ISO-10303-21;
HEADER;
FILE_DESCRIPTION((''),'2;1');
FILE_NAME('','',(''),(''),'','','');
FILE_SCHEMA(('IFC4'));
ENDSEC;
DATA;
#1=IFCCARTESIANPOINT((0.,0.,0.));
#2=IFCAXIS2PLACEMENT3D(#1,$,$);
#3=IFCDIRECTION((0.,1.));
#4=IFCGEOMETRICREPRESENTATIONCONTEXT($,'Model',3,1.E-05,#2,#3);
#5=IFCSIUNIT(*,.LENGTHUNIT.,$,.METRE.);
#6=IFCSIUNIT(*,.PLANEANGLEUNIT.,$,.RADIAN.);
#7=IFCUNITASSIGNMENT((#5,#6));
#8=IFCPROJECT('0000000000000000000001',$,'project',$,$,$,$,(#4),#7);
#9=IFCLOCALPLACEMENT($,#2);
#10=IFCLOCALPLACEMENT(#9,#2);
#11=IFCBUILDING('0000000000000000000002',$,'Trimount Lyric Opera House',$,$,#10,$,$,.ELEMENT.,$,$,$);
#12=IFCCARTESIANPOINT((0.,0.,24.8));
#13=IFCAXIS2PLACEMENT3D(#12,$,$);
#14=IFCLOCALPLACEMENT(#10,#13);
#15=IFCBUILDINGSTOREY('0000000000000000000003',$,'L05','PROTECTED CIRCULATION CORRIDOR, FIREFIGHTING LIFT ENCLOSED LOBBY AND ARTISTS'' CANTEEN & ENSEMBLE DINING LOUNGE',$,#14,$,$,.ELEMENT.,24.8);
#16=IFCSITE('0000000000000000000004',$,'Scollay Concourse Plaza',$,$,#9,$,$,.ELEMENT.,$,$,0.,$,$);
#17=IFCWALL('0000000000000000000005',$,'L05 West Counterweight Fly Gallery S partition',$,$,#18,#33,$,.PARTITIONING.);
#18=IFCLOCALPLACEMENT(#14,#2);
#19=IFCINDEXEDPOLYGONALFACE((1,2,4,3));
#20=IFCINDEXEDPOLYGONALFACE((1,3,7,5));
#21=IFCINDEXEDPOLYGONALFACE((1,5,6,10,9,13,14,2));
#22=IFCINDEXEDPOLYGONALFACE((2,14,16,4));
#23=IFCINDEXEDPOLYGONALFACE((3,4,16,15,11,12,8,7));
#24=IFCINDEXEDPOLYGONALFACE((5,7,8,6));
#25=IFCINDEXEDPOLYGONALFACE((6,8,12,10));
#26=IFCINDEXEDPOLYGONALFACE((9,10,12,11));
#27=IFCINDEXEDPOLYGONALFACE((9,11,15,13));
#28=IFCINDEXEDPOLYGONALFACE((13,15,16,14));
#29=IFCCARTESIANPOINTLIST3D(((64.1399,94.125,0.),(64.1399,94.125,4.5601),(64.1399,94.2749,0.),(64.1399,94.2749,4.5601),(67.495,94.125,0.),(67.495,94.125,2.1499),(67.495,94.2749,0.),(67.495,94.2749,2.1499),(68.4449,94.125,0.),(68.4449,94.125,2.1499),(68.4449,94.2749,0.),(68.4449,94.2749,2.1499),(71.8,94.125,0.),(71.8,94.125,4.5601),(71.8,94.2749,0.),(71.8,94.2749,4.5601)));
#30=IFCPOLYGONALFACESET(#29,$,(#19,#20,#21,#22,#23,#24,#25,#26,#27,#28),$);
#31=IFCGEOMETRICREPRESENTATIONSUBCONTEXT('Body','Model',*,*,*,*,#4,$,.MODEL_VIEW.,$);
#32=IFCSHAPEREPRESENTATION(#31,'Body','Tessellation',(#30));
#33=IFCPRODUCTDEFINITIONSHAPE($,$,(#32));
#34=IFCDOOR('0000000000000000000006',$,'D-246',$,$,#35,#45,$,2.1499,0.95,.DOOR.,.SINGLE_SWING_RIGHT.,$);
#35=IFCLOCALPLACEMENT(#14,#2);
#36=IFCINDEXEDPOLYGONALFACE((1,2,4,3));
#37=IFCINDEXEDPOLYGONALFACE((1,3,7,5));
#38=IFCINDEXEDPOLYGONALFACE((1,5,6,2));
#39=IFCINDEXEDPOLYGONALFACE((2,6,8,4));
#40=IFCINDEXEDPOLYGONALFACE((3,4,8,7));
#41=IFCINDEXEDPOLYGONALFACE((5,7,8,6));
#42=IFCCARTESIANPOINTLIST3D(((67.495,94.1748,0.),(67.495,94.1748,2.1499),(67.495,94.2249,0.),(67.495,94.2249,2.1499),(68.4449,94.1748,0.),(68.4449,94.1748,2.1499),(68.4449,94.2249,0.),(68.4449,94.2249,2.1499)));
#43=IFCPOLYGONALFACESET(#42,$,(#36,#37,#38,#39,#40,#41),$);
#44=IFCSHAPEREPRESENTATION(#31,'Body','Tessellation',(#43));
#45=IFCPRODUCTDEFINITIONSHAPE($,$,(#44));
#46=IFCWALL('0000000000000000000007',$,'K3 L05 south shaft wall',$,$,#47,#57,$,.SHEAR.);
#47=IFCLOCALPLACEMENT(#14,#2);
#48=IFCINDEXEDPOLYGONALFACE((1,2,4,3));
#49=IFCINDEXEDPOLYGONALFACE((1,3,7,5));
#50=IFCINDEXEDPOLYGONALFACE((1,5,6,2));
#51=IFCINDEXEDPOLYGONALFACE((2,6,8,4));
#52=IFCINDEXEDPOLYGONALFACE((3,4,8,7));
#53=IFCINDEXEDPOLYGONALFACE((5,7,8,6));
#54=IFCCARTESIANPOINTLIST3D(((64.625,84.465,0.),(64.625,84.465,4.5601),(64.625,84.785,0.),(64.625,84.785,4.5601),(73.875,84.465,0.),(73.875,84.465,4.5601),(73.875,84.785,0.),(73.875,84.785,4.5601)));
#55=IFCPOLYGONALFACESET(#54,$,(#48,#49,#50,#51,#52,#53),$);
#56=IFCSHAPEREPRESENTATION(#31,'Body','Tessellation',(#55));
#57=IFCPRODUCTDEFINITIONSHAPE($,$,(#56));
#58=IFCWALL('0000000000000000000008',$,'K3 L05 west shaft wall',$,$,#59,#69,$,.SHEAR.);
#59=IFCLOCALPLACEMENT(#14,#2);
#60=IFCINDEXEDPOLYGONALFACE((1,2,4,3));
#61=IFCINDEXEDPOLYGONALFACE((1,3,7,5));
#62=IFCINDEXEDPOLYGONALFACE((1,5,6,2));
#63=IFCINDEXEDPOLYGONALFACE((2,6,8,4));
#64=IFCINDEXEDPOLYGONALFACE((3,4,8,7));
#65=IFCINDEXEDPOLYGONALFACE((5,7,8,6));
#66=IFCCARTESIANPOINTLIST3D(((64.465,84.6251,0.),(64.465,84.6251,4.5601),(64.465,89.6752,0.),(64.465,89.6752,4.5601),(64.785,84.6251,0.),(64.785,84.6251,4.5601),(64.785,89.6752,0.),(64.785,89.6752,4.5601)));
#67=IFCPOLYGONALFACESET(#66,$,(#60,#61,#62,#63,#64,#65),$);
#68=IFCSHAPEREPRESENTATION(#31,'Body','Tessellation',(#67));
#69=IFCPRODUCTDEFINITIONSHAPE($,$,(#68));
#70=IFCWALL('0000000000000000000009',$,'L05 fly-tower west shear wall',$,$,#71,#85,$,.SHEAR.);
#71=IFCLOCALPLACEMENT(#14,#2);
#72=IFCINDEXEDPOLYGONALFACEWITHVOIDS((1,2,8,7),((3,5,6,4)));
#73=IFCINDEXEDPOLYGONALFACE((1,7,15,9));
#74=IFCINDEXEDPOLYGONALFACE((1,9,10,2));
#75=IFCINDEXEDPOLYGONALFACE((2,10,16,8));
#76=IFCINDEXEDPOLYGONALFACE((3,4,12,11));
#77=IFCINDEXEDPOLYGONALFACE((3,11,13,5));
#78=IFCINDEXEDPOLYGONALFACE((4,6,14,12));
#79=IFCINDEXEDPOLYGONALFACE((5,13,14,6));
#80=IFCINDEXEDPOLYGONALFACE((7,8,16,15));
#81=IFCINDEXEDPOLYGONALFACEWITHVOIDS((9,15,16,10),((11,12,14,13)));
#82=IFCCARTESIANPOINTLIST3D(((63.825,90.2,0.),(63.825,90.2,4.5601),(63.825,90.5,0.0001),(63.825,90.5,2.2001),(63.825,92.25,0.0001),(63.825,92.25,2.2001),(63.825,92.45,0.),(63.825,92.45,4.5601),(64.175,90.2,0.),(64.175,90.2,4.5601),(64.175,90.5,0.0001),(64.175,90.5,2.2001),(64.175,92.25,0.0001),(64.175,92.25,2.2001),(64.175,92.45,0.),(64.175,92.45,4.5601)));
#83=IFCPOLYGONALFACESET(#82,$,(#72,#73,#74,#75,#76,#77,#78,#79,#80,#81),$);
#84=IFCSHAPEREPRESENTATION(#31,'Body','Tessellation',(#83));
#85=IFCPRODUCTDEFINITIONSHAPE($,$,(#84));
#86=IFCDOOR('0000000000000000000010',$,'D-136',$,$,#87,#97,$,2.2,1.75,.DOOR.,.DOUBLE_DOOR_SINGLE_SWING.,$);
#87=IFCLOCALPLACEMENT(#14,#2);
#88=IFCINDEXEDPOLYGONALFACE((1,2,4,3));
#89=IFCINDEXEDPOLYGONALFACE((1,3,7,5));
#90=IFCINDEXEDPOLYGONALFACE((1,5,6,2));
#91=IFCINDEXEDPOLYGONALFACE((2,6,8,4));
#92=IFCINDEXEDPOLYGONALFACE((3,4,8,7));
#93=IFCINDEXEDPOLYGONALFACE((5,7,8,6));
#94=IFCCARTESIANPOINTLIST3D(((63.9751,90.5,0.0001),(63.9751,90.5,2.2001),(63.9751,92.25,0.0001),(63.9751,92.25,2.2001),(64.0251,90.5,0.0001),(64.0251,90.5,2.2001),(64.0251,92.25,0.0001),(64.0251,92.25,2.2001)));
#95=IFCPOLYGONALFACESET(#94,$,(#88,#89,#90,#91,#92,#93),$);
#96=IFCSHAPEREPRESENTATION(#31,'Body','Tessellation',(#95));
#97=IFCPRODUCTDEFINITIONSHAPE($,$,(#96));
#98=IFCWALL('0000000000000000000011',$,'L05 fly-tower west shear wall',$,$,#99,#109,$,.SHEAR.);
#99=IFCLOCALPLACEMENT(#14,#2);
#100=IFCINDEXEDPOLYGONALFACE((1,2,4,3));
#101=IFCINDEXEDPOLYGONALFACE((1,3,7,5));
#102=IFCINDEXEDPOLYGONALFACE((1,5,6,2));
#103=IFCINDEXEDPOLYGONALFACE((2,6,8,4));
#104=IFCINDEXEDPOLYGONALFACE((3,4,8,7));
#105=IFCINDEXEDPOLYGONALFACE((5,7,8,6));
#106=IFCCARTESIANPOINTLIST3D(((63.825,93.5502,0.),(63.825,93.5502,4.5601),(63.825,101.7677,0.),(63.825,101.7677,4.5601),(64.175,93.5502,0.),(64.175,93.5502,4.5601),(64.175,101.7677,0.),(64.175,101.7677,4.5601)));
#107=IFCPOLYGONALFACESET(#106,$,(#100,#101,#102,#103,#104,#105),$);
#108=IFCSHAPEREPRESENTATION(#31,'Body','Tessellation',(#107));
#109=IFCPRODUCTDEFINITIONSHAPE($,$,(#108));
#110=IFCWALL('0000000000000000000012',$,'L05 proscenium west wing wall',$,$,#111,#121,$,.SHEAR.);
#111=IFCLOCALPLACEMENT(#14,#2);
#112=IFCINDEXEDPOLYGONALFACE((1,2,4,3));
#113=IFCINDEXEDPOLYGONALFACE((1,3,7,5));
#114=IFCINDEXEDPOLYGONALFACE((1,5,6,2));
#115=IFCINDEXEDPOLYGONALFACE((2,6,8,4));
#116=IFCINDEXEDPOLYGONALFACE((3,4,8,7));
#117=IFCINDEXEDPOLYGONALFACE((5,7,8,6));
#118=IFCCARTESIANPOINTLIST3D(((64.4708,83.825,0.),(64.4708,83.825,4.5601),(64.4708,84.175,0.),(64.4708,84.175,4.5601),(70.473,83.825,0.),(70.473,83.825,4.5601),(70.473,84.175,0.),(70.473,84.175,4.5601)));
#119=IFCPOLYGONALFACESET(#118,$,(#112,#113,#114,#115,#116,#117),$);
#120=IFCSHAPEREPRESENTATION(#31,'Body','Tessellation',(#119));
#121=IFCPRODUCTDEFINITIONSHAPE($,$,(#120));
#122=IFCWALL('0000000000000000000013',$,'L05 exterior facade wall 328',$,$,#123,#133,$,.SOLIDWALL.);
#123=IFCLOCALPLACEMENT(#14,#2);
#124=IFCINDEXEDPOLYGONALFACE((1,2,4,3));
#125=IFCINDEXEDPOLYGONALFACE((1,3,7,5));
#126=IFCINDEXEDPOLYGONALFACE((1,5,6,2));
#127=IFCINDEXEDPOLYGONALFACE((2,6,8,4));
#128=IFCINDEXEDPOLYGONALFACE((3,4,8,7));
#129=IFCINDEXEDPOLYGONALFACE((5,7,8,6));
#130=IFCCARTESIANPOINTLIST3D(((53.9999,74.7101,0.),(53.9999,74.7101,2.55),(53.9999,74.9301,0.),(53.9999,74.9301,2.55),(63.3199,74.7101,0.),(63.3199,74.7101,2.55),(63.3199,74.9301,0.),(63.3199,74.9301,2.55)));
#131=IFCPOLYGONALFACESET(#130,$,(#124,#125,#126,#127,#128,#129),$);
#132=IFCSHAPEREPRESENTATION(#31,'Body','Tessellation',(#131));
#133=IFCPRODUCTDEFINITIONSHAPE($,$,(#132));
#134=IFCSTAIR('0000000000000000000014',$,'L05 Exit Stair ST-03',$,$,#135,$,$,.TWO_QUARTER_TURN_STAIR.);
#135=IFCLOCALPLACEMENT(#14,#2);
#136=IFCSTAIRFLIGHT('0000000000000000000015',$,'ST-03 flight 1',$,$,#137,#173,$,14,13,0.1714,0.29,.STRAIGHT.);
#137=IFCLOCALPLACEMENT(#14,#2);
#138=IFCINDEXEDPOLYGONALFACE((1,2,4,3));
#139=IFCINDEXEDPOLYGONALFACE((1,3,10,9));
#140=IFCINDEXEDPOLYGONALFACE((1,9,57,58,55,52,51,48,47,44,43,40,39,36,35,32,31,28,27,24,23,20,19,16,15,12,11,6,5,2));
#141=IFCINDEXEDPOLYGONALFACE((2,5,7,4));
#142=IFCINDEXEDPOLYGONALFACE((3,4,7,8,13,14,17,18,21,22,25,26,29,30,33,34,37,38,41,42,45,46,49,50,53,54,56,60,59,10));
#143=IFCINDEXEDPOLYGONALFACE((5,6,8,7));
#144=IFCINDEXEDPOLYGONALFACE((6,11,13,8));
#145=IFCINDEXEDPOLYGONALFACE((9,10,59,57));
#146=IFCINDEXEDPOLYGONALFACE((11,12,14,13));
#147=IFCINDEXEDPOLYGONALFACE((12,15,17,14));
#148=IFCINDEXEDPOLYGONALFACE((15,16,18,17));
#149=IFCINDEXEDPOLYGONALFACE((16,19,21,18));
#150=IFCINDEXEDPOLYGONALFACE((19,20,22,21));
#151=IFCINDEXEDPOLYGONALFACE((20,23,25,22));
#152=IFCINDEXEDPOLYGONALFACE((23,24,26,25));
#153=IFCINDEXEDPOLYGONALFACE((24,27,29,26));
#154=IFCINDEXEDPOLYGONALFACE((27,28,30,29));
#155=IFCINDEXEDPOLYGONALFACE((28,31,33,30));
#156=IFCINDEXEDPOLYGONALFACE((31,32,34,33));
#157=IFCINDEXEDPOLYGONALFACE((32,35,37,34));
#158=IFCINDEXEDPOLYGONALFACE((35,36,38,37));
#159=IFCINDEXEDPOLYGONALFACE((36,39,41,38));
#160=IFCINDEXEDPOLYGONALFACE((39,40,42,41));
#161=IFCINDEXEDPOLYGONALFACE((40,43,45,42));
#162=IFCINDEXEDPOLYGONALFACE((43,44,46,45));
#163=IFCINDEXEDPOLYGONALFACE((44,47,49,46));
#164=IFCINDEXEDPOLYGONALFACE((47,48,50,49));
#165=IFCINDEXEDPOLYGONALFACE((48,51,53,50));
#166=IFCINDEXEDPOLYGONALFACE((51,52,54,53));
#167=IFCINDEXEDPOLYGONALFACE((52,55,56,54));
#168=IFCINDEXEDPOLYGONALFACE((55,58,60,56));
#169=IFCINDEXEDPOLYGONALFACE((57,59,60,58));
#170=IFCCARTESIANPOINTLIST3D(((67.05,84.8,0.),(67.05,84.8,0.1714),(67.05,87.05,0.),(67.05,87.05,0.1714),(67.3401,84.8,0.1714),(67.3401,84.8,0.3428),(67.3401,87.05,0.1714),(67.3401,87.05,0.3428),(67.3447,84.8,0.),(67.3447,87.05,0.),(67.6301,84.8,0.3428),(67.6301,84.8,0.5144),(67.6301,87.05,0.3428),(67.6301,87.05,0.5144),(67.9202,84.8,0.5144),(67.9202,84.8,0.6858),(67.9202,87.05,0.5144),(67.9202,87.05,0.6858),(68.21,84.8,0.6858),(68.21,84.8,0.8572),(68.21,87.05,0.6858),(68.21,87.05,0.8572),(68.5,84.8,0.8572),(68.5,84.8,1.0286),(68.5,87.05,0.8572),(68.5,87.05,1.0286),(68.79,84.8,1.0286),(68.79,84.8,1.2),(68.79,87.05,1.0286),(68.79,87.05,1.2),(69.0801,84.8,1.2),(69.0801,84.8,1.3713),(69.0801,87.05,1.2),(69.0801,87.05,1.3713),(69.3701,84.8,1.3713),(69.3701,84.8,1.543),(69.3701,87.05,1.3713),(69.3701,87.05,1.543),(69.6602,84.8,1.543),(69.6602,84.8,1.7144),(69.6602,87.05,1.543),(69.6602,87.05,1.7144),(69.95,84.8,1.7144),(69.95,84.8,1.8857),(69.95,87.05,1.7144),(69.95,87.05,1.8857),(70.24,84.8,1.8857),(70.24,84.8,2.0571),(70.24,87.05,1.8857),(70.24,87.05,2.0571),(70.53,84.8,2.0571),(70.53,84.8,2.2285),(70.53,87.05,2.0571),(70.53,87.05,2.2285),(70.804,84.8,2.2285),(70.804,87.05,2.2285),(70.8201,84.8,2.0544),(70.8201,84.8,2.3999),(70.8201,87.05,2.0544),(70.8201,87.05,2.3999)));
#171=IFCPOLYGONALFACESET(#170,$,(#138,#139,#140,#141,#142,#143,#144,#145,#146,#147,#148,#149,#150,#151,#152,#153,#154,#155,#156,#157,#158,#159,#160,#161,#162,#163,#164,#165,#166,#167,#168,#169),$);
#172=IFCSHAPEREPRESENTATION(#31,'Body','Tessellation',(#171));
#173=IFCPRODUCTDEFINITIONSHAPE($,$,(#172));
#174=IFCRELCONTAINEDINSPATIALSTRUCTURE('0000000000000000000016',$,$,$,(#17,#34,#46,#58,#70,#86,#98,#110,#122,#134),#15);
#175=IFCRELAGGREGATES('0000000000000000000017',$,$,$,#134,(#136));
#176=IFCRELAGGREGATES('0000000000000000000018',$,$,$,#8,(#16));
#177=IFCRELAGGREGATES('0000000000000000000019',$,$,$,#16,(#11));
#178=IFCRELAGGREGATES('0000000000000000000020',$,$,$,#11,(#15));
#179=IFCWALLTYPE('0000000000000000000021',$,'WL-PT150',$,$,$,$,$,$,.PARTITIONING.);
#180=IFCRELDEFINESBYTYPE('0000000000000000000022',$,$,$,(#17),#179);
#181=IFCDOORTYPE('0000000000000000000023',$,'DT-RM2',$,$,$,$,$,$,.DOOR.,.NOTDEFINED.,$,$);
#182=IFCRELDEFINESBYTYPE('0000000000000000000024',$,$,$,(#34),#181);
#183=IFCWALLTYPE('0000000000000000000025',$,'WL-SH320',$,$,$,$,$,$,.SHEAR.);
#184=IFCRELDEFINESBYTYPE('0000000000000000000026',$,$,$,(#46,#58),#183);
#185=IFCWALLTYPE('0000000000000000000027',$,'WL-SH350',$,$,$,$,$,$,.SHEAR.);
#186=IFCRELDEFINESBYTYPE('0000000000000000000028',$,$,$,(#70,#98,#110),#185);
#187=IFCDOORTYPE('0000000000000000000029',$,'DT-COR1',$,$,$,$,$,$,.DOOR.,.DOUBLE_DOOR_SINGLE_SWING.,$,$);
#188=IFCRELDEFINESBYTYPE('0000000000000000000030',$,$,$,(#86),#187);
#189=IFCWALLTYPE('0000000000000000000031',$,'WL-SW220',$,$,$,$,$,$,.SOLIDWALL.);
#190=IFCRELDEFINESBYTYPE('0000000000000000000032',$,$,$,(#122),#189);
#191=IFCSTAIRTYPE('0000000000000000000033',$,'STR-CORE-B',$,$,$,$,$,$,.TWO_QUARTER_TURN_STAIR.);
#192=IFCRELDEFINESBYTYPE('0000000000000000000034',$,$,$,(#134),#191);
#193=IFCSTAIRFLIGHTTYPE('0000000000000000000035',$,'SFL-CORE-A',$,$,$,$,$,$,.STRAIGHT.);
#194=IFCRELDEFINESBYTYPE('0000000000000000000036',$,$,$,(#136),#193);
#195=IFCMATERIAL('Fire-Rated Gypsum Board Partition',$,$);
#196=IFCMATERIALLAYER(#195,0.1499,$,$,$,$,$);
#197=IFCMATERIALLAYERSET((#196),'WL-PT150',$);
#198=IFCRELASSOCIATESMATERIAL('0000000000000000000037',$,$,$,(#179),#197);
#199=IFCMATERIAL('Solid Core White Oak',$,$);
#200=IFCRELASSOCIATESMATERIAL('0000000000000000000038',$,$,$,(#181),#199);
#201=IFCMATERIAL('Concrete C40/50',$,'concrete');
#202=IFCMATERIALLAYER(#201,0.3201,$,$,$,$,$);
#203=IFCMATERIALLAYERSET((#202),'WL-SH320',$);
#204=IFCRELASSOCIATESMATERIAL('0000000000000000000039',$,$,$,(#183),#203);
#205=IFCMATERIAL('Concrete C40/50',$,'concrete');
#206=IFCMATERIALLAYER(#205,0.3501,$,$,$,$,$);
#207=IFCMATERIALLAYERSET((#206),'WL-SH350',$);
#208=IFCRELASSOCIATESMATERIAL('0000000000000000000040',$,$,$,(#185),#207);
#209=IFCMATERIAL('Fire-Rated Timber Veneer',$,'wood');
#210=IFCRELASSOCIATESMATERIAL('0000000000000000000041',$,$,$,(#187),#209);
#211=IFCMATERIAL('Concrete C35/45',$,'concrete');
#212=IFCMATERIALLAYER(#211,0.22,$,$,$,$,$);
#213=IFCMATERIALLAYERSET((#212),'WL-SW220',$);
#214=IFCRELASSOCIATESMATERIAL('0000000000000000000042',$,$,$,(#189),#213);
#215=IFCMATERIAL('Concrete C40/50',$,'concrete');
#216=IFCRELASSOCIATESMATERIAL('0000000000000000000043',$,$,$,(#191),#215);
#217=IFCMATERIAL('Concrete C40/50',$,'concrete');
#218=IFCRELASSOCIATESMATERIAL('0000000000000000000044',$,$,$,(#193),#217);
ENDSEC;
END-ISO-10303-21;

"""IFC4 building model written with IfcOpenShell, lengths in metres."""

from ifc_helpers import new_model, si_unit, direction, frame, frame_2d, origin, place, context, subcontext, project, spatial, polyline, rectangle, outline, extrude, material, layer, layer_set, type_object, element, fill, aggregate, save


model = new_model("IFC4")

# Units and contexts
model_context = context("Model", 3, precision=1e-05, world=origin(), true_north=direction((0.0, 1.0)))
body_context = subcontext(model_context, "Body", "Model", "MODEL_VIEW")
ifc_project = project(units=[si_unit("LENGTHUNIT", "METRE"), si_unit("PLANEANGLEUNIT", "RADIAN")], contexts=[model_context])

# Site, building, storey
site_placement = place(None, origin())
site = spatial("IfcSite", under=ifc_project, at=site_placement, Name="Scollay Concourse Plaza", CompositionType="ELEMENT", RefElevation=0.0)
building_placement = place(site_placement, origin())
building = spatial("IfcBuilding", under=site, at=building_placement, Name="Trimount Lyric Opera House", CompositionType="ELEMENT")
storey_placement = place(building_placement, frame((0.0, 0.0, 24.8)))
storey = spatial("IfcBuildingStorey", under=building, at=storey_placement, Name="L05", Description="PROTECTED CIRCULATION CORRIDOR, FIREFIGHTING LIFT ENCLOSED LOBBY AND ARTISTS' CANTEEN & ENSEMBLE DINING LOUNGE", CompositionType="ELEMENT", Elevation=24.8)

# Shared definitions
ifc_material_1 = material(Name="Fire-Rated Gypsum Board Partition")
ifc_layer_1 = layer(ifc_material_1, 0.1499)
ifc_layer_set_1 = layer_set([ifc_layer_1], Name="WL-PT150")
wall_type_1 = type_object("IfcWallType", Name="WL-PT150", PredefinedType="PARTITIONING", material=ifc_layer_set_1)

# Wall, opening, door
wall_1_placement = place(storey_placement, frame((64.1399, 94.2, 0.0), z_axis=(0.0, 0.0, 1.0), x_axis=(1.0, 0.0, 0.0)))
wall_1 = element("IfcWall", 1, at=wall_1_placement, inside=storey, type_object=wall_type_1, Name="L05 West Counterweight Fly Gallery S partition", PredefinedType="PARTITIONING", context=body_context, shape_type="SweptSolid", body=[
    extrude(rectangle(XDim=7.6602, YDim=0.1499, at=frame_2d((3.8301, 0.0))), origin(), (0.0, 0.0, 1.0), 4.5601),
])
opening_1_placement = place(wall_1_placement, frame((3.355, 0.0, 0.0)))
opening_1 = element("IfcOpeningElement", 2, at=opening_1_placement, cuts=wall_1, PredefinedType="OPENING", context=body_context, shape_type="SweptSolid", body=[
    extrude(rectangle(XDim=0.95, YDim=2.1499, at=frame_2d((0.4751, 1.075))), frame((0.0, 0.085, 0.0), z_axis=(0.0, -1.0, 0.0), x_axis=(1.0, 0.0, 0.0)), (0.0, 0.0, 1.0), 0.1699),
])
ifc_material_2 = material(Name="Solid Core White Oak")
door_type_1 = type_object("IfcDoorType", Name="DT-RM2", OperationType="NOTDEFINED", PredefinedType="DOOR", material=ifc_material_2)
door_1_placement = place(opening_1_placement, origin())
door_1 = element("IfcDoor", 3, at=door_1_placement, inside=storey, type_object=door_type_1, Name="D-246", OperationType="SINGLE_SWING_RIGHT", OverallHeight=2.1499, OverallWidth=0.95, PredefinedType="DOOR", context=body_context, shape_type="SweptSolid", body=[
    extrude(rectangle(XDim=0.95, YDim=2.1499, at=frame_2d((0.4751, 1.075))), frame((0.0, 0.0249, 0.0), z_axis=(0.0, -1.0, 0.0), x_axis=(1.0, 0.0, 0.0)), (0.0, 0.0, 1.0), 0.05),
])
fill(opening_1, door_1)

# Walls
ifc_material_3 = material(Name="Concrete C40/50", Category="concrete")
ifc_layer_2 = layer(ifc_material_3, 0.3201)
ifc_layer_set_2 = layer_set([ifc_layer_2], Name="WL-SH320")
wall_type_2 = type_object("IfcWallType", Name="WL-SH320", PredefinedType="SHEAR", material=ifc_layer_set_2)
wall_2_placement = place(storey_placement, frame((64.625, 84.625, 0.0), z_axis=(0.0, 0.0, 1.0), x_axis=(1.0, 0.0, 0.0)))
element("IfcWall", 4, at=wall_2_placement, inside=storey, type_object=wall_type_2, Name="K3 L05 south shaft wall", PredefinedType="SHEAR", context=body_context, shape_type="SweptSolid", body=[
    extrude(rectangle(XDim=9.25, YDim=0.3201, at=frame_2d((4.625, 0.0))), origin(), (0.0, 0.0, 1.0), 4.5601),
])
wall_3_placement = place(storey_placement, frame((64.625, 89.675, 0.0), z_axis=(0.0, 0.0, 1.0), x_axis=(0.0, -1.0, 0.0)))
element("IfcWall", 5, at=wall_3_placement, inside=storey, type_object=wall_type_2, Name="K3 L05 west shaft wall", PredefinedType="SHEAR", context=body_context, shape_type="SweptSolid", body=[
    extrude(rectangle(XDim=5.05, YDim=0.3201, at=frame_2d((2.5249, 0.0))), origin(), (0.0, 0.0, 1.0), 4.5601),
])

# Wall, opening, door
ifc_material_4 = material(Name="Concrete C40/50", Category="concrete")
ifc_layer_3 = layer(ifc_material_4, 0.3501)
ifc_layer_set_3 = layer_set([ifc_layer_3], Name="WL-SH350")
wall_type_3 = type_object("IfcWallType", Name="WL-SH350", PredefinedType="SHEAR", material=ifc_layer_set_3)
wall_4_placement = place(storey_placement, frame((64.0, 90.2, 0.0), z_axis=(0.0, 0.0, 1.0), x_axis=(0.0, 1.0, 0.0)))
wall_4 = element("IfcWall", 6, at=wall_4_placement, inside=storey, type_object=wall_type_3, Name="L05 fly-tower west shear wall", PredefinedType="SHEAR", context=body_context, shape_type="SweptSolid", body=[
    extrude(rectangle(XDim=2.25, YDim=0.3501, at=frame_2d((1.125, 0.0))), origin(), (0.0, 0.0, 1.0), 4.5601),
])
opening_2_placement = place(wall_4_placement, frame((0.3, 0.0, 0.0)))
opening_2 = element("IfcOpeningElement", 7, at=opening_2_placement, cuts=wall_4, PredefinedType="OPENING", context=body_context, shape_type="SweptSolid", body=[
    extrude(rectangle(XDim=1.75, YDim=2.2, at=frame_2d((0.875, 1.1001))), frame((0.0, 0.1851, 0.0), z_axis=(0.0, -1.0, 0.0), x_axis=(1.0, 0.0, 0.0)), (0.0, 0.0, 1.0), 0.3701),
])
ifc_material_5 = material(Name="Fire-Rated Timber Veneer", Category="wood")
door_type_2 = type_object("IfcDoorType", Name="DT-COR1", OperationType="DOUBLE_DOOR_SINGLE_SWING", PredefinedType="DOOR", material=ifc_material_5)
door_2_placement = place(opening_2_placement, origin())
door_2 = element("IfcDoor", 8, at=door_2_placement, inside=storey, type_object=door_type_2, Name="D-136", OperationType="DOUBLE_DOOR_SINGLE_SWING", OverallHeight=2.2, OverallWidth=1.75, PredefinedType="DOOR", context=body_context, shape_type="SweptSolid", body=[
    extrude(rectangle(XDim=1.75, YDim=2.2, at=frame_2d((0.875, 1.1001))), frame((0.0, 0.0249, 0.0), z_axis=(0.0, -1.0, 0.0), x_axis=(1.0, 0.0, 0.0)), (0.0, 0.0, 1.0), 0.05),
])
fill(opening_2, door_2)

# Walls
wall_5_placement = place(storey_placement, frame((64.0, 93.55, 0.0), z_axis=(0.0, 0.0, 1.0), x_axis=(0.0, 1.0, 0.0)))
element("IfcWall", 9, at=wall_5_placement, inside=storey, type_object=wall_type_3, Name="L05 fly-tower west shear wall", PredefinedType="SHEAR", context=body_context, shape_type="SweptSolid", body=[
    extrude(rectangle(XDim=8.2175, YDim=0.3501, at=frame_2d((4.1089, 0.0))), origin(), (0.0, 0.0, 1.0), 4.5601),
])
wall_6_placement = place(storey_placement, frame((64.4709, 84.0, 0.0), z_axis=(0.0, 0.0, 1.0), x_axis=(1.0, 0.0, 0.0)))
element("IfcWall", 10, at=wall_6_placement, inside=storey, type_object=wall_type_3, Name="L05 proscenium west wing wall", PredefinedType="SHEAR", context=body_context, shape_type="SweptSolid", body=[
    extrude(rectangle(XDim=6.0022, YDim=0.3501, at=frame_2d((3.001, 0.0))), origin(), (0.0, 0.0, 1.0), 4.5601),
])
ifc_material_6 = material(Name="Concrete C35/45", Category="concrete")
ifc_layer_4 = layer(ifc_material_6, 0.22)
ifc_layer_set_4 = layer_set([ifc_layer_4], Name="WL-SW220")
wall_type_4 = type_object("IfcWallType", Name="WL-SW220", PredefinedType="SOLIDWALL", material=ifc_layer_set_4)
wall_7_placement = place(storey_placement, frame((63.3201, 74.8201, 0.0), z_axis=(0.0, 0.0, 1.0), x_axis=(-1.0, 0.0, 0.0)))
element("IfcWall", 11, at=wall_7_placement, inside=storey, type_object=wall_type_4, Name="L05 exterior facade wall 328", PredefinedType="SOLIDWALL", context=body_context, shape_type="SweptSolid", body=[
    extrude(rectangle(XDim=9.3201, YDim=0.22, at=frame_2d((4.6602, 0.0))), origin(), (0.0, 0.0, 1.0), 2.55),
])

# Stair, stair flight
ifc_material_7 = material(Name="Concrete C40/50", Category="concrete")
stair_type = type_object("IfcStairType", Name="STR-CORE-B", PredefinedType="TWO_QUARTER_TURN_STAIR", material=ifc_material_7)
stair_placement = place(storey_placement, origin())
stair = element("IfcStair", 12, at=stair_placement, inside=storey, type_object=stair_type, Name="L05 Exit Stair ST-03", PredefinedType="TWO_QUARTER_TURN_STAIR")
ifc_material_8 = material(Name="Concrete C40/50", Category="concrete")
stair_flight_type = type_object("IfcStairFlightType", Name="SFL-CORE-A", PredefinedType="STRAIGHT", material=ifc_material_8)
stair_flight_placement = place(storey_placement, frame((67.05, 85.925, 0.0), z_axis=(0.0, 0.0, 1.0), x_axis=(1.0, 0.0, 0.0)))
stair_flight = element("IfcStairFlight", 13, at=stair_flight_placement, type_object=stair_flight_type, Name="ST-03 flight 1", NumberOfRisers=14, NumberOfTreads=13, PredefinedType="STRAIGHT", RiserHeight=0.1714, TreadLength=0.29, context=body_context, shape_type="SweptSolid", body=[
    extrude(outline(polyline([(0.0, 0.0), (0.0, 0.1714), (0.29, 0.1714), (0.29, 0.3428), (0.5801, 0.3428), (0.5801, 0.5144), (0.8701, 0.5144), (0.8701, 0.6858), (1.1599, 0.6858), (1.1599, 0.8572), (1.45, 0.8572), (1.45, 1.0286), (1.74, 1.0286), (1.74, 1.2), (2.03, 1.2), (2.03, 1.3713), (2.3201, 1.3713), (2.3201, 1.543), (2.6101, 1.543), (2.6101, 1.7144), (2.8999, 1.7144), (2.8999, 1.8857), (3.1899, 1.8857), (3.1899, 2.0571), (3.48, 2.0571), (3.48, 2.2285), (3.7539, 2.2285), (3.77, 2.3999), (3.77, 2.0544), (0.2947, 0.0), (0.0, 0.0)])), frame((0.0, 1.125, 0.0), z_axis=(0.0, -1.0, 0.0), x_axis=(1.0, 0.0, 0.0)), (0.0, 0.0, 1.0), 2.25),
])
aggregate(stair, [stair_flight])

save(model, "model.ifc")
